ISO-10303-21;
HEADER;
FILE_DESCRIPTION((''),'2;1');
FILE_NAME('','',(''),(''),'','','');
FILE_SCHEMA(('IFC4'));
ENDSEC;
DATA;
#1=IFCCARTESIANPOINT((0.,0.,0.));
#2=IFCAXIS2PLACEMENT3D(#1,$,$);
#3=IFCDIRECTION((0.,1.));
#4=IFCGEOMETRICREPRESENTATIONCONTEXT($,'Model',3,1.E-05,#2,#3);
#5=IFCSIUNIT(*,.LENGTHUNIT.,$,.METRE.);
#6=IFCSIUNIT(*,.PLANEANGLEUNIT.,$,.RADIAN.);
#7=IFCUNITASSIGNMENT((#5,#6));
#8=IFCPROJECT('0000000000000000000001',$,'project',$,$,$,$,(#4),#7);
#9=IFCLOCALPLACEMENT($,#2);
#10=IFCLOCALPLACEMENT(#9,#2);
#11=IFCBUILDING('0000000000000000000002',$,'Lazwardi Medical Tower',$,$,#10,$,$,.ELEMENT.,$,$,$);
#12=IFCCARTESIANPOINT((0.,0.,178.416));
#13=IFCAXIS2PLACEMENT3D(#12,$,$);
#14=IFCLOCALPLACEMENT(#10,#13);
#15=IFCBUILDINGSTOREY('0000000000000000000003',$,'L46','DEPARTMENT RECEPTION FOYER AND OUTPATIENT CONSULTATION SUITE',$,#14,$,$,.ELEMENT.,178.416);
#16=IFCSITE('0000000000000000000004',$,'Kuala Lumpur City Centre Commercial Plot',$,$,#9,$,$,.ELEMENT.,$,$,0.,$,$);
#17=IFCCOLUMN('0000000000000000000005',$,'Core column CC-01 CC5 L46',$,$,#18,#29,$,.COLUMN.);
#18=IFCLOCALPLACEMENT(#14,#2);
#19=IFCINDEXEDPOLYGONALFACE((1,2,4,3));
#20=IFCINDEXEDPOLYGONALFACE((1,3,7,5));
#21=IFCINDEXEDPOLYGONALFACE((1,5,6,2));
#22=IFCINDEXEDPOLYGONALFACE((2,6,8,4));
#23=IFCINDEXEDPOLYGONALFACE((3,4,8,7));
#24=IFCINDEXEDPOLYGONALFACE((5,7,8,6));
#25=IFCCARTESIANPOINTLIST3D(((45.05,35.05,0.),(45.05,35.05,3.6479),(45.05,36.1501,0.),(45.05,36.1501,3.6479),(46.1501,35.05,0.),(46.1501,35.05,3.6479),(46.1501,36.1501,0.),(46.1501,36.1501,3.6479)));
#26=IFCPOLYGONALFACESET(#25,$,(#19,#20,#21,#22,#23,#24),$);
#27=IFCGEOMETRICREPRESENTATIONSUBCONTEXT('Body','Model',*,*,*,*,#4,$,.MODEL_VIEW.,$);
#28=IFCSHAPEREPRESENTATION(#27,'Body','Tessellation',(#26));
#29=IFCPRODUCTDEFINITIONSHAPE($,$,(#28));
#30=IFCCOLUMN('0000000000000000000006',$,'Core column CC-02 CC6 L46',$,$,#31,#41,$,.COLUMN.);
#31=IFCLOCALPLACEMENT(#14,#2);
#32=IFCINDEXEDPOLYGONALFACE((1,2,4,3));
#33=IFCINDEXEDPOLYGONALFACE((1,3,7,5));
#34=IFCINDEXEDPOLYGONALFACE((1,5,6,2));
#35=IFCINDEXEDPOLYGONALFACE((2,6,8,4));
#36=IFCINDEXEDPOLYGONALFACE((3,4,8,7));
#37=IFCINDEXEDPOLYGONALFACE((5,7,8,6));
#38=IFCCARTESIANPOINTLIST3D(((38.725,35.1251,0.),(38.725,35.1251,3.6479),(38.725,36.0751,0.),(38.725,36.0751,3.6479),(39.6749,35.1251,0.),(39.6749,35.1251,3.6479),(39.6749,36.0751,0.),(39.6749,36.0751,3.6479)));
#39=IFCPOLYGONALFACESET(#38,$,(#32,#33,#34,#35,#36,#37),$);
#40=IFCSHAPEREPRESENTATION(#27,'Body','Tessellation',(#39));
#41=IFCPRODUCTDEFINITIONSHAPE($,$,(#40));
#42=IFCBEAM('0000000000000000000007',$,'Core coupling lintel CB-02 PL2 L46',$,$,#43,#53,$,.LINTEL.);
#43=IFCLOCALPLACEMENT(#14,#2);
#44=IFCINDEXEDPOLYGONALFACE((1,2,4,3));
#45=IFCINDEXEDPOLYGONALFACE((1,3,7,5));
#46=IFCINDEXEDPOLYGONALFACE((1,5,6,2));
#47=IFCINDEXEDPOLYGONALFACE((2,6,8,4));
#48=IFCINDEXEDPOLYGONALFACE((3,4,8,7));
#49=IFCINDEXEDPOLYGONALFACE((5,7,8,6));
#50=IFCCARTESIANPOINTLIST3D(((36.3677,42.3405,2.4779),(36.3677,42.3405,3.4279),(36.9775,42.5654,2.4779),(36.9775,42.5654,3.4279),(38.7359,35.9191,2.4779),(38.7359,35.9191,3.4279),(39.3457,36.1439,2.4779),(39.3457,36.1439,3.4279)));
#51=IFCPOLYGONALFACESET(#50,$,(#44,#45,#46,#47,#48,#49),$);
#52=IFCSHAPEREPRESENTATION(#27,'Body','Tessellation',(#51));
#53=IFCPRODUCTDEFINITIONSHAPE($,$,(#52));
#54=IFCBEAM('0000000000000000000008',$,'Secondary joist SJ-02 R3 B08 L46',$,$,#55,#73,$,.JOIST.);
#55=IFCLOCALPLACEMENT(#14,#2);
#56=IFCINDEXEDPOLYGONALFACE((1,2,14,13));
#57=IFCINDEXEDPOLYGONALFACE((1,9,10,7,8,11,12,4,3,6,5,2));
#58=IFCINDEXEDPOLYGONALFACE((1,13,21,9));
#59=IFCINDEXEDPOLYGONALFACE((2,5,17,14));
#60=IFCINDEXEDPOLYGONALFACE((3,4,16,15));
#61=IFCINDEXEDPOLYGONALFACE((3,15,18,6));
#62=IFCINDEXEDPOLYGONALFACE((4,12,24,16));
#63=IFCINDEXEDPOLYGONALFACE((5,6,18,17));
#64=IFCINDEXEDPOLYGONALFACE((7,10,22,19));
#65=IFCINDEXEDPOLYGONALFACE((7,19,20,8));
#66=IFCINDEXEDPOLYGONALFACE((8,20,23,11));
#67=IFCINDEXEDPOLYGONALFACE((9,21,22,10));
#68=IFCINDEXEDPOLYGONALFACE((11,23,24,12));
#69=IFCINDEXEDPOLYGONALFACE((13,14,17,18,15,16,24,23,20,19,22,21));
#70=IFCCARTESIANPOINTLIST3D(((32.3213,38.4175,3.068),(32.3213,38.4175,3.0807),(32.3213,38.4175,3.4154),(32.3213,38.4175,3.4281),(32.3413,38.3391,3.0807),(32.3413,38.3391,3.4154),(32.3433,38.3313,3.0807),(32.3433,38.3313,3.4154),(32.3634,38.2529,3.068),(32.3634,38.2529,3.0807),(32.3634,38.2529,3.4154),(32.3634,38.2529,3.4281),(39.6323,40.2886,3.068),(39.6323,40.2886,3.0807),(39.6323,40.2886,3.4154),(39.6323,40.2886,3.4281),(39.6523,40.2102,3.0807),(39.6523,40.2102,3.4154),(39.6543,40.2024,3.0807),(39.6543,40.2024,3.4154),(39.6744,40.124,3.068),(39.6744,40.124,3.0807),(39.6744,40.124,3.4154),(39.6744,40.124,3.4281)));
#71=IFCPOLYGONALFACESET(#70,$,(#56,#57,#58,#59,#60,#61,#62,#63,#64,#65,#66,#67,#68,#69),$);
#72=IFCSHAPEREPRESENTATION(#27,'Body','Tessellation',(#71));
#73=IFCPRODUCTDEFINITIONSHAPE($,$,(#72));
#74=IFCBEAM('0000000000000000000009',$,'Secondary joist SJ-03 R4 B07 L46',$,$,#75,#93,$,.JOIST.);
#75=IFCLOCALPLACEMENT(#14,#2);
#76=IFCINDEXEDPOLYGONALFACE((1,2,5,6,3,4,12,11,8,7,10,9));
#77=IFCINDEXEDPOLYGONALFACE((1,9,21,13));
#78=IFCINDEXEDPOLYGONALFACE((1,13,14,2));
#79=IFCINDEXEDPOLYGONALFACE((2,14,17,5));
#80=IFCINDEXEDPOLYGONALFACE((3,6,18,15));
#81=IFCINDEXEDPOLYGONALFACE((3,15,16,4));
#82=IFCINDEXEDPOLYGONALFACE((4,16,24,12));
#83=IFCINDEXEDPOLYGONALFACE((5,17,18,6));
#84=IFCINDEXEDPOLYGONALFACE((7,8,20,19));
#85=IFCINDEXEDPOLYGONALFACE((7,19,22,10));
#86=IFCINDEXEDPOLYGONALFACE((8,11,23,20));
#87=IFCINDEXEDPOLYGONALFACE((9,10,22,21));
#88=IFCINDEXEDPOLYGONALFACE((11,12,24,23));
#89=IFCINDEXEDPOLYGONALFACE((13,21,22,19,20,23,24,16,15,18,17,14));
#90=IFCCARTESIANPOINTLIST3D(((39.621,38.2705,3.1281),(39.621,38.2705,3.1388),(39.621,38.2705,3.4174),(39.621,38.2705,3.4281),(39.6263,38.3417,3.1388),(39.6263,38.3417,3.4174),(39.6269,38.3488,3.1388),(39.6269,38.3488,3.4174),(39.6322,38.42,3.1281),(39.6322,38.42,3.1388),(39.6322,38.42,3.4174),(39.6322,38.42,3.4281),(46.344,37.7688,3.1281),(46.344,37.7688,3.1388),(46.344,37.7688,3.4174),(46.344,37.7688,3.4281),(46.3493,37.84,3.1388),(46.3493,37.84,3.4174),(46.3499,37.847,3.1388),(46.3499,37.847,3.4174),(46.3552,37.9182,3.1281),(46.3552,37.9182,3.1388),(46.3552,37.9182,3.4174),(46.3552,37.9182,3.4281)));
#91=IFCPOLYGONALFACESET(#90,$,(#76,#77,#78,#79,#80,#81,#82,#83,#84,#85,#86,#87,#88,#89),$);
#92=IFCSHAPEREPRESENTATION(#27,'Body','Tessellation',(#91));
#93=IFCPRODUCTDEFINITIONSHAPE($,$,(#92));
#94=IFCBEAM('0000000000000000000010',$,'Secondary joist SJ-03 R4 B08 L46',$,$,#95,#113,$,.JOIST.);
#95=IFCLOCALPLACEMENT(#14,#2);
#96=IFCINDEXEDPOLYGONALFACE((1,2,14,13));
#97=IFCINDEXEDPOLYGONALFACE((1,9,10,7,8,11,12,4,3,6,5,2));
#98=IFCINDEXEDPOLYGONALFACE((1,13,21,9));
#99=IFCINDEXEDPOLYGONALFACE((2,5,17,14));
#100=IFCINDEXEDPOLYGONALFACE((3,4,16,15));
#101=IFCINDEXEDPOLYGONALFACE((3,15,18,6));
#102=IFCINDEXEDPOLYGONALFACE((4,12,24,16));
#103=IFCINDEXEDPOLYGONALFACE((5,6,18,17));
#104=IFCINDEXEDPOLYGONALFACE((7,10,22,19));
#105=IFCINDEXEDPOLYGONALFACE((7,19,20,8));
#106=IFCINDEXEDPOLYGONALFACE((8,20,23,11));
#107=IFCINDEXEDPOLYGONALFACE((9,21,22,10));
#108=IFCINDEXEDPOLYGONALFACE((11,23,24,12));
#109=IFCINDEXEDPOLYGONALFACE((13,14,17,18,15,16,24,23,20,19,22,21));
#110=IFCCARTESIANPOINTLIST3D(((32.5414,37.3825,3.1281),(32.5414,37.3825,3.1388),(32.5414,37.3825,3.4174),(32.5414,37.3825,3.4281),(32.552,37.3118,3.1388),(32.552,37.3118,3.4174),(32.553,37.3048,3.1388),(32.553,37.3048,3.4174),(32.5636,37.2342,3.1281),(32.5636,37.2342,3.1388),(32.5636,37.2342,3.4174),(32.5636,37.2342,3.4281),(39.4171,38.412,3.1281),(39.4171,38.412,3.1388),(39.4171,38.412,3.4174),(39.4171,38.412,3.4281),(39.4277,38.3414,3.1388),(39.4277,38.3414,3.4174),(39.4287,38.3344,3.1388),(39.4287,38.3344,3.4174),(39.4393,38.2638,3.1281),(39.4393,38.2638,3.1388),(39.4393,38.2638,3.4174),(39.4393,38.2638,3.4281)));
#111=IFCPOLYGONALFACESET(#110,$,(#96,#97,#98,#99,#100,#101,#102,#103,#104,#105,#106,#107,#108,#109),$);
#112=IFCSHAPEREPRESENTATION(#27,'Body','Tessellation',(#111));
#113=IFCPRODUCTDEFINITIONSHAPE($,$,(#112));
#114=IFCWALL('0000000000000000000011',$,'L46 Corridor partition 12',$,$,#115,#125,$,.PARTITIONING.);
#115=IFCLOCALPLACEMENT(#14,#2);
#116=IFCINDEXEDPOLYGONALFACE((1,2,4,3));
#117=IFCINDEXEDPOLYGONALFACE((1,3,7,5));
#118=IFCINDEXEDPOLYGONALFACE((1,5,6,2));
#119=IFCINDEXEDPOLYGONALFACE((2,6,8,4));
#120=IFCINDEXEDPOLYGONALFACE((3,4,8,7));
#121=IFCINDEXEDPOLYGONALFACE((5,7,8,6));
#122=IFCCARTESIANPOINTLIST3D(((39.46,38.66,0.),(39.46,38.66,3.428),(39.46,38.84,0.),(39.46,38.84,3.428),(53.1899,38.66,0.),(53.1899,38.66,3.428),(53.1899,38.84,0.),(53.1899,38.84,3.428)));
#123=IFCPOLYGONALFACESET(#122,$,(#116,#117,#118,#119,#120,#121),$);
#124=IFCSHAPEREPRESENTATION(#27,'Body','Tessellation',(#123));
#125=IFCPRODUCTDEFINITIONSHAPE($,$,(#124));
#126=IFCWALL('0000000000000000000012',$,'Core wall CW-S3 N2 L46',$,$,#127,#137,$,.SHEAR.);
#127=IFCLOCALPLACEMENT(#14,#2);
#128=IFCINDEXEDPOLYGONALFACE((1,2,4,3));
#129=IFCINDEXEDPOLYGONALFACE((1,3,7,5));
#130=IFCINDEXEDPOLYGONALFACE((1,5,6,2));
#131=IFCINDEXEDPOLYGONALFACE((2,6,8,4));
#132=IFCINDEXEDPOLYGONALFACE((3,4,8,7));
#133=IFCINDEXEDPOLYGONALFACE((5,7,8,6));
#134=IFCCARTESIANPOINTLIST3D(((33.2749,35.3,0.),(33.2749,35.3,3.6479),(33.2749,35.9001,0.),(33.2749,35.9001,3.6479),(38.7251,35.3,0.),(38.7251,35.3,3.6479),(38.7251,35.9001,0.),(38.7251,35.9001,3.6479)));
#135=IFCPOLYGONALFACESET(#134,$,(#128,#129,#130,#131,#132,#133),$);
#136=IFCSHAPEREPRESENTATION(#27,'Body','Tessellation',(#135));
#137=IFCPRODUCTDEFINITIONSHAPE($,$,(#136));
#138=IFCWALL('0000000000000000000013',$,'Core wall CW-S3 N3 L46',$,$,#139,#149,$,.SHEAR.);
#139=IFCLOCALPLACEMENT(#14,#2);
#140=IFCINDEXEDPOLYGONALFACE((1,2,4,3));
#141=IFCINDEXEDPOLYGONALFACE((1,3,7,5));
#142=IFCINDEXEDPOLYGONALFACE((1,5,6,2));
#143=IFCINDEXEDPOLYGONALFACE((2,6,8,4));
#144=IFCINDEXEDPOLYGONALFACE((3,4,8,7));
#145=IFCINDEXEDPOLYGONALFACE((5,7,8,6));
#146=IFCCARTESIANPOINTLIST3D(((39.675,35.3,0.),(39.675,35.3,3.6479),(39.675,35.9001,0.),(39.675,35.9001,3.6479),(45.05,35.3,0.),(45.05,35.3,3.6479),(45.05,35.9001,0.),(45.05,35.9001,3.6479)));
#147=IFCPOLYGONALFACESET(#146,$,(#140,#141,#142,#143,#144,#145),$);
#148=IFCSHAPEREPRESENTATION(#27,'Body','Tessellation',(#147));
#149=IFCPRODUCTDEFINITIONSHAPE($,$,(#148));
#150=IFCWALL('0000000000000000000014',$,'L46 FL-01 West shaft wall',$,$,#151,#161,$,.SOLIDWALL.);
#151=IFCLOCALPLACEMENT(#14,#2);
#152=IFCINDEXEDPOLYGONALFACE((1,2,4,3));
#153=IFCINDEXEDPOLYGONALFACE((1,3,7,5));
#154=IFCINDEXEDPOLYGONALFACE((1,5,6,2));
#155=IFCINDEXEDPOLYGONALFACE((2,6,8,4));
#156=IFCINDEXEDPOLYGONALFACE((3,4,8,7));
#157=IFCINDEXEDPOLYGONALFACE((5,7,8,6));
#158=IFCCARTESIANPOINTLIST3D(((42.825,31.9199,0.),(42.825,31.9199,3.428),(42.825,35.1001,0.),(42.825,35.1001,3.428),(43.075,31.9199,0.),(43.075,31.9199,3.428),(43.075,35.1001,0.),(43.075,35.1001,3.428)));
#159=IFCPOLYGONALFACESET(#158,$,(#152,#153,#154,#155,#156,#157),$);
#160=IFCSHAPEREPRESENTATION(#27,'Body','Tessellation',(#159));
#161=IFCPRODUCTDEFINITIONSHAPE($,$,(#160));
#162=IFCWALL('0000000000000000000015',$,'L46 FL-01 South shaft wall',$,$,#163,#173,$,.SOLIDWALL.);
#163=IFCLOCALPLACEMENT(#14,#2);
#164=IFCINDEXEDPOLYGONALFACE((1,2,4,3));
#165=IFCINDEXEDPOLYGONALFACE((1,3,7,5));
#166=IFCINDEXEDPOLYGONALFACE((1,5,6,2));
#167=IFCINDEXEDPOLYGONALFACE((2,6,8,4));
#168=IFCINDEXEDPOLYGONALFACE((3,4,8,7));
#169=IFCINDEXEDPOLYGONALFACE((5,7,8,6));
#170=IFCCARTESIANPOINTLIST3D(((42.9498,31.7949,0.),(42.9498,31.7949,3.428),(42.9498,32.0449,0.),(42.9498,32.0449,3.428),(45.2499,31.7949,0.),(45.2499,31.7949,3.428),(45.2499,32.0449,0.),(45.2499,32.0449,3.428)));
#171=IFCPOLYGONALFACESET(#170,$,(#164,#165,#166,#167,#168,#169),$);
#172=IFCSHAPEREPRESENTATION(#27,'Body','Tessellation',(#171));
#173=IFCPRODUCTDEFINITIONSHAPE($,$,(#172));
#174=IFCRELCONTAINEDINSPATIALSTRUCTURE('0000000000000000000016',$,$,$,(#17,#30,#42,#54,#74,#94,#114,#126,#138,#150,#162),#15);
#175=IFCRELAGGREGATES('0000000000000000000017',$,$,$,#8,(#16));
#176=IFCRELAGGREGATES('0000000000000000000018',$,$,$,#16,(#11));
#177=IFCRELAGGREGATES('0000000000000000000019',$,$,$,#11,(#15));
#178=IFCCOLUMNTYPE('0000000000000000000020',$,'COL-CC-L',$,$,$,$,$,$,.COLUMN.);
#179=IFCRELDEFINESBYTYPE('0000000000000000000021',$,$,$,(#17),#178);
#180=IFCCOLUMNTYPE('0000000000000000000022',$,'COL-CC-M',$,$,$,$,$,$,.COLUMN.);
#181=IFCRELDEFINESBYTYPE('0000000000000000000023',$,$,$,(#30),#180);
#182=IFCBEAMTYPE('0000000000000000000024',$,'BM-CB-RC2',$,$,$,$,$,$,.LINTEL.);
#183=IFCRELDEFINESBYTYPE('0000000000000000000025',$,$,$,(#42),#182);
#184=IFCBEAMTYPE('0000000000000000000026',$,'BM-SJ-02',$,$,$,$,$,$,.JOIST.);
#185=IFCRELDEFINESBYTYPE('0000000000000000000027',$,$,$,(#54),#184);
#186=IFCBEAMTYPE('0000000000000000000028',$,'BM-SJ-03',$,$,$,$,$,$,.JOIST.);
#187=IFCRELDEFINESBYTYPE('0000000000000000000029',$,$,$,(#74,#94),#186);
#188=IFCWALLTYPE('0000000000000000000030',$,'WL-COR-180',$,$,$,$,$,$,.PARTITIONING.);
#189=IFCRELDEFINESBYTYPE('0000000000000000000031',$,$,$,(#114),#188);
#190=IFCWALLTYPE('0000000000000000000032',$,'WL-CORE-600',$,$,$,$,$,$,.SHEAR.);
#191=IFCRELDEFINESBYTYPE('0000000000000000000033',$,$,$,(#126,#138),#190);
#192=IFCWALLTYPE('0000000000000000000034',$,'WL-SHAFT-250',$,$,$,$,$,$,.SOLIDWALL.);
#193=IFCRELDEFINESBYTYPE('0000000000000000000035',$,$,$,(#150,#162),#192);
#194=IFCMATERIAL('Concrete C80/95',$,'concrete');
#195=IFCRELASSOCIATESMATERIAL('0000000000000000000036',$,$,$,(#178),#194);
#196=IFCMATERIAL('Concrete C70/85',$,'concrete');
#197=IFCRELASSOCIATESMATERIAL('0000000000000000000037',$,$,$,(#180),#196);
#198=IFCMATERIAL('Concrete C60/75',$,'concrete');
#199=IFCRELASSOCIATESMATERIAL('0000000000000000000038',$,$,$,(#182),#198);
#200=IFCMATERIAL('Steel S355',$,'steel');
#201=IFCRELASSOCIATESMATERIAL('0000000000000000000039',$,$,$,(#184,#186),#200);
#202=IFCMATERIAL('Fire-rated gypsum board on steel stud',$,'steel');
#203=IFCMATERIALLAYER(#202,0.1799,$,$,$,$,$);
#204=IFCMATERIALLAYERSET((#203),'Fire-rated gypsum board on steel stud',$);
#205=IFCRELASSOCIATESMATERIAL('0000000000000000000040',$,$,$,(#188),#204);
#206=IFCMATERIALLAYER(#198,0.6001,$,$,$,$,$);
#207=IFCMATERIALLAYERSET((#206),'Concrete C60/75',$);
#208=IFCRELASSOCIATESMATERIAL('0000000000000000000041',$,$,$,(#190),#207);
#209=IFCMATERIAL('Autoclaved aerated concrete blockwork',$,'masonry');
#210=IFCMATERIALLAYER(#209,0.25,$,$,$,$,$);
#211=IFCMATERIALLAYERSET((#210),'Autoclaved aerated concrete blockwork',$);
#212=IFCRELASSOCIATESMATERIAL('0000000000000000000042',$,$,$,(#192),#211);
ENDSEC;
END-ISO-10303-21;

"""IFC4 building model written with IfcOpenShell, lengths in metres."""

from ifc_helpers import new_model, si_unit, direction, frame, frame_2d, origin, origin_2d, place, context, subcontext, project, spatial, rectangle, i_section, extrude, material, layer, layer_set, material_profile, profile_set, type_object, element, save


model = new_model("IFC4")

# Units and contexts
model_context = context("Model", 3, precision=1e-05, world=origin(), true_north=direction((0.0, 1.0)))
body_context = subcontext(model_context, "Body", "Model", "MODEL_VIEW")
ifc_project = project(units=[si_unit("LENGTHUNIT", "METRE"), si_unit("PLANEANGLEUNIT", "RADIAN")], contexts=[model_context])

# Site, building, storey
site_placement = place(None, origin())
site = spatial("IfcSite", under=ifc_project, at=site_placement, Name="Kuala Lumpur City Centre Commercial Plot", CompositionType="ELEMENT", RefElevation=0.0)
building_placement = place(site_placement, origin())
building = spatial("IfcBuilding", under=site, at=building_placement, Name="Lazwardi Medical Tower", CompositionType="ELEMENT")
storey_placement = place(building_placement, frame((0.0, 0.0, 178.416)))
storey = spatial("IfcBuildingStorey", under=building, at=storey_placement, Name="L46", Description="DEPARTMENT RECEPTION FOYER AND OUTPATIENT CONSULTATION SUITE", CompositionType="ELEMENT", Elevation=178.416)

# Columns
ifc_material_1 = material(Name="Concrete C80/95", Category="concrete")
ifc_material_profile_1 = material_profile(ifc_material_1, rectangle(XDim=1.1001, YDim=1.1001, at=origin_2d()), Name="RC 1100x1100")
ifc_profile_set_1 = profile_set([ifc_material_profile_1], Name="Concrete C80/95")
column_type_1 = type_object("IfcColumnType", Name="COL-CC-L", PredefinedType="COLUMN", material=ifc_profile_set_1)
column_1_placement = place(storey_placement, frame((45.6001, 35.6001, 0.0), z_axis=(0.0, 0.0, 1.0), x_axis=(1.0, 0.0, 0.0)))
element("IfcColumn", 1, at=column_1_placement, inside=storey, type_object=column_type_1, Name="Core column CC-01 CC5 L46", PredefinedType="COLUMN", context=body_context, shape_type="SweptSolid", body=[
    extrude(rectangle(XDim=1.1001, YDim=1.1001, at=origin_2d()), origin(), (0.0, 0.0, 1.0), 3.6479),
])
ifc_material_2 = material(Name="Concrete C70/85", Category="concrete")
ifc_material_profile_2 = material_profile(ifc_material_2, rectangle(XDim=0.95, YDim=0.95, at=origin_2d()), Name="RC 950x950")
ifc_profile_set_2 = profile_set([ifc_material_profile_2], Name="Concrete C70/85")
column_type_2 = type_object("IfcColumnType", Name="COL-CC-M", PredefinedType="COLUMN", material=ifc_profile_set_2)
column_2_placement = place(storey_placement, frame((39.2, 35.6001, 0.0), z_axis=(0.0, 0.0, 1.0), x_axis=(1.0, 0.0, 0.0)))
element("IfcColumn", 2, at=column_2_placement, inside=storey, type_object=column_type_2, Name="Core column CC-02 CC6 L46", PredefinedType="COLUMN", context=body_context, shape_type="SweptSolid", body=[
    extrude(rectangle(XDim=0.95, YDim=0.95, at=origin_2d()), origin(), (0.0, 0.0, 1.0), 3.6479),
])

# Beams
ifc_material_3 = material(Name="Concrete C60/75", Category="concrete")
ifc_material_profile_3 = material_profile(ifc_material_3, rectangle(XDim=0.6499, YDim=0.95, at=origin_2d()), Name="RC 650x950")
ifc_profile_set_3 = profile_set([ifc_material_profile_3], Name="Concrete C60/75")
beam_type_1 = type_object("IfcBeamType", Name="BM-CB-RC2", PredefinedType="LINTEL", material=ifc_profile_set_3)
beam_1_placement = place(storey_placement, frame((39.0408, 36.0315, 2.9529), z_axis=(-0.346013, 0.93823, 0.0), x_axis=(-0.93823, -0.346013, 0.0)))
element("IfcBeam", 3, at=beam_1_placement, inside=storey, type_object=beam_type_1, Name="Core coupling lintel CB-02 PL2 L46", PredefinedType="LINTEL", context=body_context, shape_type="SweptSolid", body=[
    extrude(rectangle(XDim=0.6499, YDim=0.95, at=origin_2d()), origin(), (0.0, 0.0, 1.0), 6.8442),
])
ifc_material_4 = material(Name="Steel S355", Category="steel")
ifc_material_profile_4 = material_profile(ifc_material_4, i_section(OverallWidth=0.1699, OverallDepth=0.3601, WebThickness=0.0081, FlangeThickness=0.0127, at=origin_2d()), Name="IPE 360")
ifc_profile_set_4 = profile_set([ifc_material_profile_4], Name="Steel S355")
beam_type_2 = type_object("IfcBeamType", Name="BM-SJ-02", PredefinedType="JOIST", material=ifc_profile_set_4)
beam_2_placement = place(storey_placement, frame((39.6533, 40.2063, 3.248), z_axis=(-0.968776, -0.247936, 0.0), x_axis=(0.247936, -0.968776, 0.0)))
element("IfcBeam", 4, at=beam_2_placement, inside=storey, type_object=beam_type_2, Name="Secondary joist SJ-02 R3 B08 L46", PredefinedType="JOIST", context=body_context, shape_type="SweptSolid", body=[
    extrude(i_section(OverallWidth=0.1699, OverallDepth=0.3601, WebThickness=0.0081, FlangeThickness=0.0127, at=origin_2d()), origin(), (0.0, 0.0, 1.0), 7.5466),
])
ifc_material_profile_5 = material_profile(ifc_material_4, i_section(OverallWidth=0.1499, OverallDepth=0.3, WebThickness=0.0071, FlangeThickness=0.0107, at=origin_2d()), Name="IPE 300")
ifc_profile_set_5 = profile_set([ifc_material_profile_5], Name="Steel S355")
beam_type_3 = type_object("IfcBeamType", Name="BM-SJ-03", PredefinedType="JOIST", material=ifc_profile_set_5)
beam_3_placement = place(storey_placement, frame((46.3496, 37.8435, 3.2781), z_axis=(-0.997227, 0.07442, 0.0), x_axis=(-0.07442, -0.997227, 0.0)))
element("IfcBeam", 5, at=beam_3_placement, inside=storey, type_object=beam_type_3, Name="Secondary joist SJ-03 R4 B07 L46", PredefinedType="JOIST", context=body_context, shape_type="SweptSolid", body=[
    extrude(i_section(OverallWidth=0.1499, OverallDepth=0.3, WebThickness=0.0071, FlangeThickness=0.0107, at=origin_2d()), origin(), (0.0, 0.0, 1.0), 6.7417),
])
beam_4_placement = place(storey_placement, frame((39.4282, 38.3379, 3.2781), z_axis=(-0.988975, -0.148085, 0.0), x_axis=(0.148085, -0.988975, 0.0)))
element("IfcBeam", 6, at=beam_4_placement, inside=storey, type_object=beam_type_3, Name="Secondary joist SJ-03 R4 B08 L46", PredefinedType="JOIST", context=body_context, shape_type="SweptSolid", body=[
    extrude(i_section(OverallWidth=0.1499, OverallDepth=0.3, WebThickness=0.0071, FlangeThickness=0.0107, at=origin_2d()), origin(), (0.0, 0.0, 1.0), 6.9524),
])

# Walls
ifc_material_5 = material(Name="Fire-rated gypsum board on steel stud", Category="steel")
ifc_layer_1 = layer(ifc_material_5, 0.1799)
ifc_layer_set_1 = layer_set([ifc_layer_1], Name="Fire-rated gypsum board on steel stud")
wall_type_1 = type_object("IfcWallType", Name="WL-COR-180", PredefinedType="PARTITIONING", material=ifc_layer_set_1)
wall_1_placement = place(storey_placement, frame((39.46, 38.75, 0.0), z_axis=(0.0, 0.0, 1.0), x_axis=(1.0, 0.0, 0.0)))
element("IfcWall", 7, at=wall_1_placement, inside=storey, type_object=wall_type_1, Name="L46 Corridor partition 12", PredefinedType="PARTITIONING", context=body_context, shape_type="SweptSolid", body=[
    extrude(rectangle(XDim=13.73, YDim=0.1799, at=frame_2d((6.865, 0.0))), origin(), (0.0, 0.0, 1.0), 3.428),
])
ifc_layer_2 = layer(ifc_material_3, 0.6001)
ifc_layer_set_2 = layer_set([ifc_layer_2], Name="Concrete C60/75")
wall_type_2 = type_object("IfcWallType", Name="WL-CORE-600", PredefinedType="SHEAR", material=ifc_layer_set_2)
wall_2_placement = place(storey_placement, frame((33.2749, 35.6001, 0.0), z_axis=(0.0, 0.0, 1.0), x_axis=(1.0, 0.0, 0.0)))
element("IfcWall", 8, at=wall_2_placement, inside=storey, type_object=wall_type_2, Name="Core wall CW-S3 N2 L46", PredefinedType="SHEAR", context=body_context, shape_type="SweptSolid", body=[
    extrude(rectangle(XDim=5.4502, YDim=0.6001, at=frame_2d((2.7251, 0.0))), origin(), (0.0, 0.0, 1.0), 3.6479),
])
wall_3_placement = place(storey_placement, frame((39.675, 35.6001, 0.0), z_axis=(0.0, 0.0, 1.0), x_axis=(1.0, 0.0, 0.0)))
element("IfcWall", 9, at=wall_3_placement, inside=storey, type_object=wall_type_2, Name="Core wall CW-S3 N3 L46", PredefinedType="SHEAR", context=body_context, shape_type="SweptSolid", body=[
    extrude(rectangle(XDim=5.375, YDim=0.6001, at=frame_2d((2.6875, 0.0))), origin(), (0.0, 0.0, 1.0), 3.6479),
])
ifc_material_6 = material(Name="Autoclaved aerated concrete blockwork", Category="masonry")
ifc_layer_3 = layer(ifc_material_6, 0.25)
ifc_layer_set_3 = layer_set([ifc_layer_3], Name="Autoclaved aerated concrete blockwork")
wall_type_3 = type_object("IfcWallType", Name="WL-SHAFT-250", PredefinedType="SOLIDWALL", material=ifc_layer_set_3)
wall_4_placement = place(storey_placement, frame((42.95, 31.9199, 0.0), z_axis=(0.0, 0.0, 1.0), x_axis=(0.0, 1.0, 0.0)))
element("IfcWall", 10, at=wall_4_placement, inside=storey, type_object=wall_type_3, Name="L46 FL-01 West shaft wall", PredefinedType="SOLIDWALL", context=body_context, shape_type="SweptSolid", body=[
    extrude(rectangle(XDim=3.1802, YDim=0.25, at=frame_2d((1.5901, 0.0))), origin(), (0.0, 0.0, 1.0), 3.428),
])
wall_5_placement = place(storey_placement, frame((42.95, 31.9199, 0.0), z_axis=(0.0, 0.0, 1.0), x_axis=(1.0, 0.0, 0.0)))
element("IfcWall", 11, at=wall_5_placement, inside=storey, type_object=wall_type_3, Name="L46 FL-01 South shaft wall", PredefinedType="SOLIDWALL", context=body_context, shape_type="SweptSolid", body=[
    extrude(rectangle(XDim=2.3, YDim=0.25, at=frame_2d((1.1499, 0.0))), origin(), (0.0, 0.0, 1.0), 3.428),
])

save(model, "model.ifc")
